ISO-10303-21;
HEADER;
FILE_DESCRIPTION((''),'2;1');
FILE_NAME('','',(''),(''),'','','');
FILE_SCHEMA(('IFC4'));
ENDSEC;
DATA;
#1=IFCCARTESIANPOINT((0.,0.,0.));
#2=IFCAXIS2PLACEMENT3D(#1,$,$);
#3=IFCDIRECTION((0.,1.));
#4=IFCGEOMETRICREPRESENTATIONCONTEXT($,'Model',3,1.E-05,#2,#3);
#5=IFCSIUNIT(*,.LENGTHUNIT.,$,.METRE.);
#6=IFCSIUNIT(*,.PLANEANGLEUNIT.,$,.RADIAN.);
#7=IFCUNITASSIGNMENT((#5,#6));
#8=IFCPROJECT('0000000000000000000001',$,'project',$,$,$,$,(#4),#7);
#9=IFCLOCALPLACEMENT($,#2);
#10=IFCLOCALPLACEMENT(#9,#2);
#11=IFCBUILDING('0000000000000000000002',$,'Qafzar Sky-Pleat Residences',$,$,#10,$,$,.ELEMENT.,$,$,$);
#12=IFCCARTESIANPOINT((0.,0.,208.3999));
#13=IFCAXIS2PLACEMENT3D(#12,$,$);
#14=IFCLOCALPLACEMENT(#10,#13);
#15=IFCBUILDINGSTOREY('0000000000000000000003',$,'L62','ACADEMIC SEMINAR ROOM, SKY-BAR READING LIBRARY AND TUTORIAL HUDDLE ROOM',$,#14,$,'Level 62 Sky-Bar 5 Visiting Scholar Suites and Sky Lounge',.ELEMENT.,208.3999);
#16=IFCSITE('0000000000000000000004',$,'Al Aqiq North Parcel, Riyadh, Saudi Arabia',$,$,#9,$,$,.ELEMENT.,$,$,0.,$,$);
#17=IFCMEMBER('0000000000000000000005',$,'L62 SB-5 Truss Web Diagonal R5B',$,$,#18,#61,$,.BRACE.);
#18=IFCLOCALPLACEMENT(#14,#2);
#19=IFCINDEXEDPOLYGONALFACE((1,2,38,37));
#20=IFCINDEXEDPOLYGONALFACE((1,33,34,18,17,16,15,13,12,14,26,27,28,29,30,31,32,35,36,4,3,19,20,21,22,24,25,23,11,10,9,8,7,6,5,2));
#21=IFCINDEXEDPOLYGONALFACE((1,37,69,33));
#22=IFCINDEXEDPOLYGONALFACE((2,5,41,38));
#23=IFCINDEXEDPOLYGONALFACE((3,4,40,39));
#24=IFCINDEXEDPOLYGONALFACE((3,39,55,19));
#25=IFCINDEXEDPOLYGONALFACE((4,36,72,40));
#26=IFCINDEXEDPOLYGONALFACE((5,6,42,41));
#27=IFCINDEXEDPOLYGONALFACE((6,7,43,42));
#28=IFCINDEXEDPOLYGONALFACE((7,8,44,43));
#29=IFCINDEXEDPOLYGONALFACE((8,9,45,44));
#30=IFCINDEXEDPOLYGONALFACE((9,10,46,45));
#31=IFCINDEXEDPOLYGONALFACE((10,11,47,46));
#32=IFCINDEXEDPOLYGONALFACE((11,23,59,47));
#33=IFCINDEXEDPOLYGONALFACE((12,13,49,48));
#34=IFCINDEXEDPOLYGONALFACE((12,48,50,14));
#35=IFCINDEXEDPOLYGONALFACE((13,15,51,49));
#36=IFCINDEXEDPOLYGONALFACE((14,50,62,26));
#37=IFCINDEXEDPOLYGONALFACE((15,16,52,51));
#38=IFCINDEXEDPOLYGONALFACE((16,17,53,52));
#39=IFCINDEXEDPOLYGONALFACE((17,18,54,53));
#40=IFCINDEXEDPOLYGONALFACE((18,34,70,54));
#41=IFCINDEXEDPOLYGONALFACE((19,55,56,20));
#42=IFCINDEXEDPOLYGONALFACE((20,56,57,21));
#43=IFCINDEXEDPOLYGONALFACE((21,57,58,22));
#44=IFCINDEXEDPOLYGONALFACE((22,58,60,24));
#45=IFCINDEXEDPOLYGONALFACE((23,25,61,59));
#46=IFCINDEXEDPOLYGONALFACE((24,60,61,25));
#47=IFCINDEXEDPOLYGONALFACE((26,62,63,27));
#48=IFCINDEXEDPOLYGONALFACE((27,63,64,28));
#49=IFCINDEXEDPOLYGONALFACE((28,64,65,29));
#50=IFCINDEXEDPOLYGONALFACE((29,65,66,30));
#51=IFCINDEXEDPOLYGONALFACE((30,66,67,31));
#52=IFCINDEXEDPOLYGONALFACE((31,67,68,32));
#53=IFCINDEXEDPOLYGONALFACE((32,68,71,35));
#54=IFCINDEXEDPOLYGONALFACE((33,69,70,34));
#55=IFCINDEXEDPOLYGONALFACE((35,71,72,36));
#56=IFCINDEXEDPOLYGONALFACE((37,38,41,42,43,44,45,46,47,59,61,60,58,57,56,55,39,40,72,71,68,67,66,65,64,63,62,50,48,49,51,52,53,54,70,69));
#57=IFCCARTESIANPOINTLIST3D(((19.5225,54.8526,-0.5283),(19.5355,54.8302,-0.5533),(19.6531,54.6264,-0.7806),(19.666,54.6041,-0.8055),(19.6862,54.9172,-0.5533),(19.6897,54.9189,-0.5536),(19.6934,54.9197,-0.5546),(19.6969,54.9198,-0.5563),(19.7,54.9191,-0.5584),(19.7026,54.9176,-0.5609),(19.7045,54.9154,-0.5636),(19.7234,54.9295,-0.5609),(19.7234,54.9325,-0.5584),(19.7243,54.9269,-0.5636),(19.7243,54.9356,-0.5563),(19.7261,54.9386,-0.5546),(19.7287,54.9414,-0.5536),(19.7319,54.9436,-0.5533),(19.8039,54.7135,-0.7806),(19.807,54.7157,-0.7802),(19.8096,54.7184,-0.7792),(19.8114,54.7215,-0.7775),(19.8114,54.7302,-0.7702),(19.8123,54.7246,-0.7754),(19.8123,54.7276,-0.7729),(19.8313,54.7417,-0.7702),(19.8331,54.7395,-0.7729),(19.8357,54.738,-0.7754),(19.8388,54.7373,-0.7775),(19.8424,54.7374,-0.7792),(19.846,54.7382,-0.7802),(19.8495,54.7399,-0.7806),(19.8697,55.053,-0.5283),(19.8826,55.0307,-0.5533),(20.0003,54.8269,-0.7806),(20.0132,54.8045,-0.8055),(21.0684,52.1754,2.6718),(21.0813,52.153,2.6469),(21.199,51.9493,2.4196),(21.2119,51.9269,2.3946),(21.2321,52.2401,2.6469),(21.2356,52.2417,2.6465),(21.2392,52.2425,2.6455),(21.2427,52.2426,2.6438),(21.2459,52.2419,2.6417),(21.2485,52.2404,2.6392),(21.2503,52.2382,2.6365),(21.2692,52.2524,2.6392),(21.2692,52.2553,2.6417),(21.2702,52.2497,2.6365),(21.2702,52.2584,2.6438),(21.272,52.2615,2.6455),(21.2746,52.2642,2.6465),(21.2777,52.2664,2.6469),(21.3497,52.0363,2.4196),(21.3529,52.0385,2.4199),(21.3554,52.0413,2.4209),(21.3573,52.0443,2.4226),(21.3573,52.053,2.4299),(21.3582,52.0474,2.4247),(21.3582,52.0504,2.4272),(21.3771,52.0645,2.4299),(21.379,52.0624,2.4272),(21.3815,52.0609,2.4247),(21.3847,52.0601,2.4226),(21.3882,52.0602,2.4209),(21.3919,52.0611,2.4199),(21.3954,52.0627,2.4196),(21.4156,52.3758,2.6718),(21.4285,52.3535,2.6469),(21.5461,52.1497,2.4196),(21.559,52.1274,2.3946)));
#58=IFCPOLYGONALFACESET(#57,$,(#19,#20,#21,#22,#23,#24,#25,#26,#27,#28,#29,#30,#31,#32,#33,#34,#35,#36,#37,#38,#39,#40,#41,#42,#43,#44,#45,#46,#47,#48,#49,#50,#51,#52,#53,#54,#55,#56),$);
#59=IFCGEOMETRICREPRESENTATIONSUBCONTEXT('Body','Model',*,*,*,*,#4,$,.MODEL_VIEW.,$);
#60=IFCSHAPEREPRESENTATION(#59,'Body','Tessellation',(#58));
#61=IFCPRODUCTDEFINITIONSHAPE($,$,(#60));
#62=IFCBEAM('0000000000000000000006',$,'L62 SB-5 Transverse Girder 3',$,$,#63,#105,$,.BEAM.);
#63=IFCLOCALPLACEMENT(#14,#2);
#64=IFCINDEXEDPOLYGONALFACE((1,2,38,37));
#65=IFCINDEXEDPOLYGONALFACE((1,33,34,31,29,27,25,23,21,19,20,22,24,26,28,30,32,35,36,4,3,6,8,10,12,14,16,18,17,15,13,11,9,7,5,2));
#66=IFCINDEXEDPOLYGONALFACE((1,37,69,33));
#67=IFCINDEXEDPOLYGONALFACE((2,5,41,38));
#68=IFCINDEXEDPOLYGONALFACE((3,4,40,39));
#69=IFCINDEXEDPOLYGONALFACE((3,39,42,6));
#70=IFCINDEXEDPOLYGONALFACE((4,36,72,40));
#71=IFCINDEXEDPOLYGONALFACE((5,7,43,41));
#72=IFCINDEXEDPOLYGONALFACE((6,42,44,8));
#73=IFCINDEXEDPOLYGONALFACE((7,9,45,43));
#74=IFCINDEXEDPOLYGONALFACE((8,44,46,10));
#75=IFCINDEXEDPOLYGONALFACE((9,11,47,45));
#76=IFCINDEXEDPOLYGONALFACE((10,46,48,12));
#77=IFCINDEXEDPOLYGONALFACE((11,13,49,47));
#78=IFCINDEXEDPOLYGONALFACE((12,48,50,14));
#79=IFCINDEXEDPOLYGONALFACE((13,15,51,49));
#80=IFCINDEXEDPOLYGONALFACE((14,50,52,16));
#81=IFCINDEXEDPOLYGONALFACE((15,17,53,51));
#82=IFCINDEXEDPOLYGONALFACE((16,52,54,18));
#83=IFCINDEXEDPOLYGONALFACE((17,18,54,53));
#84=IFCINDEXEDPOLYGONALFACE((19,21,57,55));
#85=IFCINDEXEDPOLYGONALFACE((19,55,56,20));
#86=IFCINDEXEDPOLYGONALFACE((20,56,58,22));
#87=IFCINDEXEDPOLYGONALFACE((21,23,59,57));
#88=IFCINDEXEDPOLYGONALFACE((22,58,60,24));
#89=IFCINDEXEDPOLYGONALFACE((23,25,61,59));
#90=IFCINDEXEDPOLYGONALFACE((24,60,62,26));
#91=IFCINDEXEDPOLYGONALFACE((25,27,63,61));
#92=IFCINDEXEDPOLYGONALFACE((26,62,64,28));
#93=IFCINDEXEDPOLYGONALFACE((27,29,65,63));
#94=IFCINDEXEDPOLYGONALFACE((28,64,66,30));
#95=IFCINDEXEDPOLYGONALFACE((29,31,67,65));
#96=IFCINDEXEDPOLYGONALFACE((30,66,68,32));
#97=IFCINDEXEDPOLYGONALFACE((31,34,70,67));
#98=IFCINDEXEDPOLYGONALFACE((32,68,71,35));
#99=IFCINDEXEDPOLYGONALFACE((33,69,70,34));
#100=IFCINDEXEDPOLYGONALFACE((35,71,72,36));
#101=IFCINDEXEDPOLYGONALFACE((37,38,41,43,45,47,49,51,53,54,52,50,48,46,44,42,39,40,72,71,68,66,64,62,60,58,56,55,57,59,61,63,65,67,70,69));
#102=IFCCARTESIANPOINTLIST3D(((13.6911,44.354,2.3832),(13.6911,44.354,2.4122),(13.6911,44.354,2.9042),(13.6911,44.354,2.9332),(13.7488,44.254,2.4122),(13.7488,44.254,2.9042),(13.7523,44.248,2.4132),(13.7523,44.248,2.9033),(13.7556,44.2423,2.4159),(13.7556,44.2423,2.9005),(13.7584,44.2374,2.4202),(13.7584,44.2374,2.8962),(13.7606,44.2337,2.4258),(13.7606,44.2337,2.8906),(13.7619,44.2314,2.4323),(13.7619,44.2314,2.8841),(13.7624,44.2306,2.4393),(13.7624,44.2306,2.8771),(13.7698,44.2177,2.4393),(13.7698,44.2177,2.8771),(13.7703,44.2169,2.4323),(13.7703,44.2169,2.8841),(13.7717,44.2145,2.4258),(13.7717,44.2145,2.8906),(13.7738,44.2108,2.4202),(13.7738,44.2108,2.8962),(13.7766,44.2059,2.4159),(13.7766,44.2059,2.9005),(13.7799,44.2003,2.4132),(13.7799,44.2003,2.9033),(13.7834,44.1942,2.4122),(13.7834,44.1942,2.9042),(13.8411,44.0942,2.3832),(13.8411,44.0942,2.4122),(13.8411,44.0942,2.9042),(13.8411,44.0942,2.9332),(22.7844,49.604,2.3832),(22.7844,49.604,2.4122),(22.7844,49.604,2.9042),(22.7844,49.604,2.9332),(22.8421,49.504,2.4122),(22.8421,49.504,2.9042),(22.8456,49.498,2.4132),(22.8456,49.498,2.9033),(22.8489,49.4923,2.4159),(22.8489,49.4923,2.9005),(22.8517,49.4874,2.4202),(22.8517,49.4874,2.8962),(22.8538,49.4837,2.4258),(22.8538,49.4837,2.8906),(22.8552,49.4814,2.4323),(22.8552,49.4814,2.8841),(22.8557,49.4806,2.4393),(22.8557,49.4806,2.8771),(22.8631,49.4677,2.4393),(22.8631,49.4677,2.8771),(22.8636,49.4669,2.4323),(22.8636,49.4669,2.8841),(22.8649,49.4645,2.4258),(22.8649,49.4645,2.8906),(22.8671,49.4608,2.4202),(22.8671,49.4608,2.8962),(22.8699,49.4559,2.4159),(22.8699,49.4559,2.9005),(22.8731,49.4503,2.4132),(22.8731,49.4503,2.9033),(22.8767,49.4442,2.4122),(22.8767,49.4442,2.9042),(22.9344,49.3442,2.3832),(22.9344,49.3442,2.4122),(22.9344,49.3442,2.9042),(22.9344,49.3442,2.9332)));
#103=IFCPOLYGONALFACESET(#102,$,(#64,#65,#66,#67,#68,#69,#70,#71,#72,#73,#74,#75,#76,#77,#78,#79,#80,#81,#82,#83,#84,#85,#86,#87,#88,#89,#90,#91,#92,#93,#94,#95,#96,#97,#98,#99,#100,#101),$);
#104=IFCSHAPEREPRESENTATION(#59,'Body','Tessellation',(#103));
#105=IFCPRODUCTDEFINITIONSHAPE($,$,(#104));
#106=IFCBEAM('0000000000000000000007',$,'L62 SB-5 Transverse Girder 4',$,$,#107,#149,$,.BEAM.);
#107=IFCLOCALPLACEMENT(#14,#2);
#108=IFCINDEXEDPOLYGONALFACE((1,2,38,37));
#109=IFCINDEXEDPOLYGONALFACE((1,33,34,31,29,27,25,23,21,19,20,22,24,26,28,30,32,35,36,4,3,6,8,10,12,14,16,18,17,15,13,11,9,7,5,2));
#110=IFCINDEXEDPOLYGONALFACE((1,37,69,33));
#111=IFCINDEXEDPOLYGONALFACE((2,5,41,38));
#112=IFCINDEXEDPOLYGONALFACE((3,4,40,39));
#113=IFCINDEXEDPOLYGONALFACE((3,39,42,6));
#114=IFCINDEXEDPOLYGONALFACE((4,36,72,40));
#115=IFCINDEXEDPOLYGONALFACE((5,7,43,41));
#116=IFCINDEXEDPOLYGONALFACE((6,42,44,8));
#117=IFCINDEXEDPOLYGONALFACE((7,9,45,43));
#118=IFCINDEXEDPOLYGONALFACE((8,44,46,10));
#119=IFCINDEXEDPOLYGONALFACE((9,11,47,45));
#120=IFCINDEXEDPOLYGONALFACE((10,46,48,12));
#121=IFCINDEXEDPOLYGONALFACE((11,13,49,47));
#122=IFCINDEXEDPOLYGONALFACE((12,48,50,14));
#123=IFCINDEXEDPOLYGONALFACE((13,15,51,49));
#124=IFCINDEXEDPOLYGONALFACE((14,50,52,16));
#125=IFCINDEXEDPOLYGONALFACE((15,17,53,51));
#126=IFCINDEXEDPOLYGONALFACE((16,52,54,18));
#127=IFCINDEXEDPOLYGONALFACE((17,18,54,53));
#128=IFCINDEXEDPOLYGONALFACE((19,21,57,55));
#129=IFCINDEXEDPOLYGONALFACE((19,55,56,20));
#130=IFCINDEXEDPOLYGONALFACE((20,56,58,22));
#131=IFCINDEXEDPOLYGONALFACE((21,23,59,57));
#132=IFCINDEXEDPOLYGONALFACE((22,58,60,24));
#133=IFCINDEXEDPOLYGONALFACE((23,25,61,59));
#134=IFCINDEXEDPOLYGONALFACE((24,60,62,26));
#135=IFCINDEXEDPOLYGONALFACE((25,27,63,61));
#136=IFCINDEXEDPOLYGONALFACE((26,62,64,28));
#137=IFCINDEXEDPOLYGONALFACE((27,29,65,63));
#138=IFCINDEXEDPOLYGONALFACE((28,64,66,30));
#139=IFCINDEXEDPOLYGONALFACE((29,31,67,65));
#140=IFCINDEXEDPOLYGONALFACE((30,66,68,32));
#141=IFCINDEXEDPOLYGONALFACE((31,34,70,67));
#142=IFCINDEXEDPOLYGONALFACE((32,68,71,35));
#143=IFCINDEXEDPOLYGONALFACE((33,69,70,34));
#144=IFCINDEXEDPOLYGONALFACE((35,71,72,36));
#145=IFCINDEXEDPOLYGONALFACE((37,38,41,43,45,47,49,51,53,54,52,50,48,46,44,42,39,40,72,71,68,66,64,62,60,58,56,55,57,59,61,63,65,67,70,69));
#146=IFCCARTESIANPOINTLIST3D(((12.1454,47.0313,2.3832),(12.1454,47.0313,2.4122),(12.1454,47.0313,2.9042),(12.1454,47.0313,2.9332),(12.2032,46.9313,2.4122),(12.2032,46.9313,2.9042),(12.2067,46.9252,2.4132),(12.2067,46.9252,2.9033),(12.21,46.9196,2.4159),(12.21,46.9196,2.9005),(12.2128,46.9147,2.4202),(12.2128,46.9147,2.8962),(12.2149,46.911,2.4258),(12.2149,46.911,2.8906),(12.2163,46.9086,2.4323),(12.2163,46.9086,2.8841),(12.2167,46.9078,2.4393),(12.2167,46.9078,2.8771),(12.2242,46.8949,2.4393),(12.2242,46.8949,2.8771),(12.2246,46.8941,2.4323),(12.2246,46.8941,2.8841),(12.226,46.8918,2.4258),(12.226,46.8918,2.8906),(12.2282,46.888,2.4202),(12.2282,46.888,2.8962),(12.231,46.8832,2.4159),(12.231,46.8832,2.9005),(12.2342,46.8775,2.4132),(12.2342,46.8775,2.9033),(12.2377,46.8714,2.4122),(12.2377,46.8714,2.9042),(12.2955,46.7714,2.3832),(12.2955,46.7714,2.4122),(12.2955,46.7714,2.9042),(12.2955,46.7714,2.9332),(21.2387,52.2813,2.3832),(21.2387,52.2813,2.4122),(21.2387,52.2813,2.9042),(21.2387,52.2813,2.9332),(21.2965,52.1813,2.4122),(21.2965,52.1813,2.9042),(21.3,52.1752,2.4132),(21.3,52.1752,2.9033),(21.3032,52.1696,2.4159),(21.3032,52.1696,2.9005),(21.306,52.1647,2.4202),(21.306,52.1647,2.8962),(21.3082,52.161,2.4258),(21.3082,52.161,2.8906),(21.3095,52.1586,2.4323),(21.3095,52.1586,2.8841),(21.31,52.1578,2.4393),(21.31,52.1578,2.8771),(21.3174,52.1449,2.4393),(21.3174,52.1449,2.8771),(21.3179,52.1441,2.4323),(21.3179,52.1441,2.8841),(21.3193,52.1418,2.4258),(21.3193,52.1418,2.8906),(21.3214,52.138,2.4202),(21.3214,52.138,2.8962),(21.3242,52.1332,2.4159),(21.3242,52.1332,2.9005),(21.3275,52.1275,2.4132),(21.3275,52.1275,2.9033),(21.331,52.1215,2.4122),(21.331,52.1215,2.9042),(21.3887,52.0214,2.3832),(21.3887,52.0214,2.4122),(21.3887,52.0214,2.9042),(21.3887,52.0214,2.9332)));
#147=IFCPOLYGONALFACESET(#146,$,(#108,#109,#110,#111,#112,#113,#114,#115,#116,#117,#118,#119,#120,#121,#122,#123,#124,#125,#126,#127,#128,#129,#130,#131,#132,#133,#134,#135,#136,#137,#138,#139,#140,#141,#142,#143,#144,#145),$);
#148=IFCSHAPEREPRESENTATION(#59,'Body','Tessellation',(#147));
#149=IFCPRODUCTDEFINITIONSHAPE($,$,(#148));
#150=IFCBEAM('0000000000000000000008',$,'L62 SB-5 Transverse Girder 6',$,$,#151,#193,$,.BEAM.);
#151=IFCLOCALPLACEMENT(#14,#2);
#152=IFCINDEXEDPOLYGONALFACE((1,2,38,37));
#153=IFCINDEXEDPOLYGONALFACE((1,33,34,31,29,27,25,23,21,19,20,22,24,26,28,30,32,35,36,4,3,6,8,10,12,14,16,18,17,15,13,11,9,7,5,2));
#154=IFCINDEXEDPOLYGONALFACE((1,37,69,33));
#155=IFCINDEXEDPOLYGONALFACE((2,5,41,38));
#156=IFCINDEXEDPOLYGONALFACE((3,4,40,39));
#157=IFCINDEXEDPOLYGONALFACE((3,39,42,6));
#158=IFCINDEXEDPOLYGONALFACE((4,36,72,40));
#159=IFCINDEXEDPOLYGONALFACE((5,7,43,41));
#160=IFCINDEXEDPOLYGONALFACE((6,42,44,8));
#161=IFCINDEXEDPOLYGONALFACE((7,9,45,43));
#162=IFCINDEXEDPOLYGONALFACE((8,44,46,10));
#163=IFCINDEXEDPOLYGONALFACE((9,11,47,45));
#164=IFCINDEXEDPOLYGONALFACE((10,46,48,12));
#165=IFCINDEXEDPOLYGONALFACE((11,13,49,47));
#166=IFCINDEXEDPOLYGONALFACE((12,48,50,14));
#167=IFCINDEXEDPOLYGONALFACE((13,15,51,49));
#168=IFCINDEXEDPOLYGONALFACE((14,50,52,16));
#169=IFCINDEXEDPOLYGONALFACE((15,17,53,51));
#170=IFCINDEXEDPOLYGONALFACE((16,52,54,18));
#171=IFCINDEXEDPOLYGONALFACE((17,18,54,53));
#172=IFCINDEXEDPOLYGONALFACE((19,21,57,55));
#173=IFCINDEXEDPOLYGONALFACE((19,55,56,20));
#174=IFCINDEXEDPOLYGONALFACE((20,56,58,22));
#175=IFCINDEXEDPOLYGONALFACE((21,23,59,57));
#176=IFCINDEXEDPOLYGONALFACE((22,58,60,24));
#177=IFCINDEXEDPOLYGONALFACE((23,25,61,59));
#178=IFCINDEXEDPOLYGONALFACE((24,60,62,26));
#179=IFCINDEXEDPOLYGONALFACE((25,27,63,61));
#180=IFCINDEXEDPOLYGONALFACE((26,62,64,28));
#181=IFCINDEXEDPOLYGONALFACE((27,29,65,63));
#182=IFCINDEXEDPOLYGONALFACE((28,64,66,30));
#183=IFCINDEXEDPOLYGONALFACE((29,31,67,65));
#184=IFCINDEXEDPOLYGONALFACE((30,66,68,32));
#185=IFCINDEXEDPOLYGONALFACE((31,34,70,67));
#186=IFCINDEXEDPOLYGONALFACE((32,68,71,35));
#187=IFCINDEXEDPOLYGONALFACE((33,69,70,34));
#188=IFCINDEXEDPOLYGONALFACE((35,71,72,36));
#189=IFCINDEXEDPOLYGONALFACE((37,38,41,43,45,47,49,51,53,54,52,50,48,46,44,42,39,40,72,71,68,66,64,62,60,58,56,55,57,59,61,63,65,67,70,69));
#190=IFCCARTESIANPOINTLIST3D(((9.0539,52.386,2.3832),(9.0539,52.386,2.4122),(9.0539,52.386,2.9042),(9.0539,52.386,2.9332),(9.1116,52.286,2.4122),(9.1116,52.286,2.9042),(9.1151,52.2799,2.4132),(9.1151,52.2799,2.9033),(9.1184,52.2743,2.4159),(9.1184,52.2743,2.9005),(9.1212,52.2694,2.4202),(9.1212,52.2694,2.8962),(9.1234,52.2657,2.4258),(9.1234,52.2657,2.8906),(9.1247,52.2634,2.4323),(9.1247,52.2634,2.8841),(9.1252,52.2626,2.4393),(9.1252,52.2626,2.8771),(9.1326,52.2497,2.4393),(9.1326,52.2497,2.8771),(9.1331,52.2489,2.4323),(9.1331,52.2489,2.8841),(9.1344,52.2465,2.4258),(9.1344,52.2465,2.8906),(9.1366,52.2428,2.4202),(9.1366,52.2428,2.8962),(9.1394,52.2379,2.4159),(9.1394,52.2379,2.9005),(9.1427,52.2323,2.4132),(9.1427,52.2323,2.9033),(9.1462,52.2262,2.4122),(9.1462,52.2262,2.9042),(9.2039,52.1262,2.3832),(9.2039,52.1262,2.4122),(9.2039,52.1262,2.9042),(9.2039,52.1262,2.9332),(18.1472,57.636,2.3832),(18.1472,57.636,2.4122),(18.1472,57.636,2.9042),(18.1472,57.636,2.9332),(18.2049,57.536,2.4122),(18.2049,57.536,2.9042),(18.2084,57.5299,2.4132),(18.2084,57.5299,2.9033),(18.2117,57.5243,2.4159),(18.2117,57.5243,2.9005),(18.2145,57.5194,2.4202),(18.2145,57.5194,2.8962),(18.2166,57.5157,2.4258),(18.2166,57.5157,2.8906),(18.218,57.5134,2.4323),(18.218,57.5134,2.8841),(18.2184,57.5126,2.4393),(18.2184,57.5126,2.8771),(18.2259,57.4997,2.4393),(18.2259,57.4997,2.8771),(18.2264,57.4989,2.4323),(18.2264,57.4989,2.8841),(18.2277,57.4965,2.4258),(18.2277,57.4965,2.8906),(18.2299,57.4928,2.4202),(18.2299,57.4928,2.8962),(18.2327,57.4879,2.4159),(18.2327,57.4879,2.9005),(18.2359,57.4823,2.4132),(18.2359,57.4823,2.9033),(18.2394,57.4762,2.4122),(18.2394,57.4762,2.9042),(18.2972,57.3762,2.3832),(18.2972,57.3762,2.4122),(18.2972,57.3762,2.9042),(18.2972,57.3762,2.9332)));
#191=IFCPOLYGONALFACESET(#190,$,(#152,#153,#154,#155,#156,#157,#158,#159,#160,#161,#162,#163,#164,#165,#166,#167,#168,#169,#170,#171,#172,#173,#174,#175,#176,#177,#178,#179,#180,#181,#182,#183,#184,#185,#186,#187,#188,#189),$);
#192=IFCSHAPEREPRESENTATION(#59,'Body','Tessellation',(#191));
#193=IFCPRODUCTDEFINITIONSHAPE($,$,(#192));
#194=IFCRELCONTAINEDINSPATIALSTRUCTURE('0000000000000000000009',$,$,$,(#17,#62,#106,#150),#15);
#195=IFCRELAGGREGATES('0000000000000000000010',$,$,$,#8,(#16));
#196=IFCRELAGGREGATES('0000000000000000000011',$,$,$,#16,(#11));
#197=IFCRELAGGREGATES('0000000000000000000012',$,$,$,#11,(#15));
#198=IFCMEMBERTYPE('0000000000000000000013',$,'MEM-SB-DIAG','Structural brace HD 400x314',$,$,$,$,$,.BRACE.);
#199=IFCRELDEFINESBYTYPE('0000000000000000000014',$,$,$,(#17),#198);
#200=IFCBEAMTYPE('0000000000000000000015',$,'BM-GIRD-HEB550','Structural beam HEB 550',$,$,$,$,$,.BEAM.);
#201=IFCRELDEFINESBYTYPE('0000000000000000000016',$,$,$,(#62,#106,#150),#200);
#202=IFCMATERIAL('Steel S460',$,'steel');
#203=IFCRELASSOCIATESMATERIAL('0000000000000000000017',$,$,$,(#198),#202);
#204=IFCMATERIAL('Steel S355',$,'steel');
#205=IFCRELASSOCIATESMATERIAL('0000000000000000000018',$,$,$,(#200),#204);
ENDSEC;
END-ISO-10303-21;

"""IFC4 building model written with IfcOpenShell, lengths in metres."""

from ifc_helpers import new_model, si_unit, direction, frame, origin, origin_2d, place, context, subcontext, project, spatial, i_section, extrude, source, transform, mapped, material, material_profile, profile_set, type_object, element, save


model = new_model("IFC4")

# Units and contexts
model_context = context("Model", 3, precision=1e-05, world=origin(), true_north=direction((0.0, 1.0)))
body_context = subcontext(model_context, "Body", "Model", "MODEL_VIEW")
ifc_project = project(units=[si_unit("LENGTHUNIT", "METRE"), si_unit("PLANEANGLEUNIT", "RADIAN")], contexts=[model_context])

# Site, building, storey
site_placement = place(None, origin())
site = spatial("IfcSite", under=ifc_project, at=site_placement, Name="Al Aqiq North Parcel, Riyadh, Saudi Arabia", CompositionType="ELEMENT", RefElevation=0.0)
building_placement = place(site_placement, origin())
building = spatial("IfcBuilding", under=site, at=building_placement, Name="Qafzar Sky-Pleat Residences", CompositionType="ELEMENT")
storey_placement = place(building_placement, frame((0.0, 0.0, 208.3999)))
storey = spatial("IfcBuildingStorey", under=building, at=storey_placement, Name="L62", Description="ACADEMIC SEMINAR ROOM, SKY-BAR READING LIBRARY AND TUTORIAL HUDDLE ROOM", LongName="Level 62 Sky-Bar 5 Visiting Scholar Suites and Sky Lounge", CompositionType="ELEMENT", Elevation=208.3999)

# Member
ifc_material_1 = material(Name="Steel S460", Category="steel")
ifc_material_profile_1 = material_profile(ifc_material_1, i_section(OverallWidth=0.4009, OverallDepth=0.3989, WebThickness=0.0229, FlangeThickness=0.0359, FilletRadius=0.0149, at=origin_2d()), Name="HD 400x314")
ifc_profile_set_1 = profile_set([ifc_material_profile_1], Name="Steel S460")
member_type_1 = type_object("IfcMemberType", Name="MEM-SB-DIAG", Description="Structural brace HD 400x314", PredefinedType="BRACE", material=ifc_profile_set_1)
shared_shape_1 = source(origin(), body_context, "Body", "SweptSolid", [
    extrude(i_section(OverallWidth=0.4009, OverallDepth=0.3989, WebThickness=0.0229, FlangeThickness=0.0359, FilletRadius=0.0149, at=origin_2d()), origin(), (0.0, 0.0, 1.0), 4.4495),
])
for number, where, z_axis, x_axis, name in (
    (1, (21.3137, 52.1514, 2.5332), (-0.347426, 0.601686, -0.719214), (-0.865999, -0.500046, 0.0), "L62 SB-5 Truss Web Diagonal R5B"),
):
    element("IfcMember", number, at=place(storey_placement, frame(where, z_axis=z_axis, x_axis=x_axis)), inside=storey, type_object=member_type_1, Name=name, PredefinedType="BRACE", context=body_context, shape_type="MappedRepresentation", body=[
        mapped(shared_shape_1, transform((0.0, 0.0, 0.0), x_axis=(1.0, 0.0, 0.0), y_axis=(0.0, 1.0, 0.0), z_axis=(0.0, 0.0, 1.0), scale=1.0)),
    ])

# Beams
ifc_material_2 = material(Name="Steel S355", Category="steel")
ifc_material_profile_2 = material_profile(ifc_material_2, i_section(OverallWidth=0.3, OverallDepth=0.55, WebThickness=0.0149, FlangeThickness=0.0291, FilletRadius=0.0271, at=origin_2d()), Name="HEB 550")
ifc_profile_set_2 = profile_set([ifc_material_profile_2], Name="Steel S355")
beam_type_1 = type_object("IfcBeamType", Name="BM-GIRD-HEB550", Description="Structural beam HEB 550", PredefinedType="BEAM", material=ifc_profile_set_2)
shared_shape_2 = source(origin(), body_context, "Body", "SweptSolid", [
    extrude(i_section(OverallWidth=0.3, OverallDepth=0.55, WebThickness=0.0149, FlangeThickness=0.0291, FilletRadius=0.0271, at=origin_2d()), origin(), (0.0, 0.0, 1.0), 10.5),
])
for number, where, z_axis, x_axis, name in (
    (2, (13.7661, 44.2241, 2.6582), (0.866025, 0.5, 0.0), (-0.5, 0.866025, 0.0), "L62 SB-5 Transverse Girder 3"),
    (3, (12.2205, 46.9014, 2.6582), (0.866025, 0.5, 0.0), (-0.5, 0.866025, 0.0), "L62 SB-5 Transverse Girder 4"),
    (4, (9.1289, 52.2561, 2.6582), (0.866025, 0.5, 0.0), (-0.5, 0.866025, 0.0), "L62 SB-5 Transverse Girder 6"),
):
    element("IfcBeam", number, at=place(storey_placement, frame(where, z_axis=z_axis, x_axis=x_axis)), inside=storey, type_object=beam_type_1, Name=name, PredefinedType="BEAM", context=body_context, shape_type="MappedRepresentation", body=[
        mapped(shared_shape_2, transform((0.0, 0.0, 0.0), x_axis=(1.0, 0.0, 0.0), y_axis=(0.0, 1.0, 0.0), z_axis=(0.0, 0.0, 1.0), scale=1.0)),
    ])

save(model, "model.ifc")
